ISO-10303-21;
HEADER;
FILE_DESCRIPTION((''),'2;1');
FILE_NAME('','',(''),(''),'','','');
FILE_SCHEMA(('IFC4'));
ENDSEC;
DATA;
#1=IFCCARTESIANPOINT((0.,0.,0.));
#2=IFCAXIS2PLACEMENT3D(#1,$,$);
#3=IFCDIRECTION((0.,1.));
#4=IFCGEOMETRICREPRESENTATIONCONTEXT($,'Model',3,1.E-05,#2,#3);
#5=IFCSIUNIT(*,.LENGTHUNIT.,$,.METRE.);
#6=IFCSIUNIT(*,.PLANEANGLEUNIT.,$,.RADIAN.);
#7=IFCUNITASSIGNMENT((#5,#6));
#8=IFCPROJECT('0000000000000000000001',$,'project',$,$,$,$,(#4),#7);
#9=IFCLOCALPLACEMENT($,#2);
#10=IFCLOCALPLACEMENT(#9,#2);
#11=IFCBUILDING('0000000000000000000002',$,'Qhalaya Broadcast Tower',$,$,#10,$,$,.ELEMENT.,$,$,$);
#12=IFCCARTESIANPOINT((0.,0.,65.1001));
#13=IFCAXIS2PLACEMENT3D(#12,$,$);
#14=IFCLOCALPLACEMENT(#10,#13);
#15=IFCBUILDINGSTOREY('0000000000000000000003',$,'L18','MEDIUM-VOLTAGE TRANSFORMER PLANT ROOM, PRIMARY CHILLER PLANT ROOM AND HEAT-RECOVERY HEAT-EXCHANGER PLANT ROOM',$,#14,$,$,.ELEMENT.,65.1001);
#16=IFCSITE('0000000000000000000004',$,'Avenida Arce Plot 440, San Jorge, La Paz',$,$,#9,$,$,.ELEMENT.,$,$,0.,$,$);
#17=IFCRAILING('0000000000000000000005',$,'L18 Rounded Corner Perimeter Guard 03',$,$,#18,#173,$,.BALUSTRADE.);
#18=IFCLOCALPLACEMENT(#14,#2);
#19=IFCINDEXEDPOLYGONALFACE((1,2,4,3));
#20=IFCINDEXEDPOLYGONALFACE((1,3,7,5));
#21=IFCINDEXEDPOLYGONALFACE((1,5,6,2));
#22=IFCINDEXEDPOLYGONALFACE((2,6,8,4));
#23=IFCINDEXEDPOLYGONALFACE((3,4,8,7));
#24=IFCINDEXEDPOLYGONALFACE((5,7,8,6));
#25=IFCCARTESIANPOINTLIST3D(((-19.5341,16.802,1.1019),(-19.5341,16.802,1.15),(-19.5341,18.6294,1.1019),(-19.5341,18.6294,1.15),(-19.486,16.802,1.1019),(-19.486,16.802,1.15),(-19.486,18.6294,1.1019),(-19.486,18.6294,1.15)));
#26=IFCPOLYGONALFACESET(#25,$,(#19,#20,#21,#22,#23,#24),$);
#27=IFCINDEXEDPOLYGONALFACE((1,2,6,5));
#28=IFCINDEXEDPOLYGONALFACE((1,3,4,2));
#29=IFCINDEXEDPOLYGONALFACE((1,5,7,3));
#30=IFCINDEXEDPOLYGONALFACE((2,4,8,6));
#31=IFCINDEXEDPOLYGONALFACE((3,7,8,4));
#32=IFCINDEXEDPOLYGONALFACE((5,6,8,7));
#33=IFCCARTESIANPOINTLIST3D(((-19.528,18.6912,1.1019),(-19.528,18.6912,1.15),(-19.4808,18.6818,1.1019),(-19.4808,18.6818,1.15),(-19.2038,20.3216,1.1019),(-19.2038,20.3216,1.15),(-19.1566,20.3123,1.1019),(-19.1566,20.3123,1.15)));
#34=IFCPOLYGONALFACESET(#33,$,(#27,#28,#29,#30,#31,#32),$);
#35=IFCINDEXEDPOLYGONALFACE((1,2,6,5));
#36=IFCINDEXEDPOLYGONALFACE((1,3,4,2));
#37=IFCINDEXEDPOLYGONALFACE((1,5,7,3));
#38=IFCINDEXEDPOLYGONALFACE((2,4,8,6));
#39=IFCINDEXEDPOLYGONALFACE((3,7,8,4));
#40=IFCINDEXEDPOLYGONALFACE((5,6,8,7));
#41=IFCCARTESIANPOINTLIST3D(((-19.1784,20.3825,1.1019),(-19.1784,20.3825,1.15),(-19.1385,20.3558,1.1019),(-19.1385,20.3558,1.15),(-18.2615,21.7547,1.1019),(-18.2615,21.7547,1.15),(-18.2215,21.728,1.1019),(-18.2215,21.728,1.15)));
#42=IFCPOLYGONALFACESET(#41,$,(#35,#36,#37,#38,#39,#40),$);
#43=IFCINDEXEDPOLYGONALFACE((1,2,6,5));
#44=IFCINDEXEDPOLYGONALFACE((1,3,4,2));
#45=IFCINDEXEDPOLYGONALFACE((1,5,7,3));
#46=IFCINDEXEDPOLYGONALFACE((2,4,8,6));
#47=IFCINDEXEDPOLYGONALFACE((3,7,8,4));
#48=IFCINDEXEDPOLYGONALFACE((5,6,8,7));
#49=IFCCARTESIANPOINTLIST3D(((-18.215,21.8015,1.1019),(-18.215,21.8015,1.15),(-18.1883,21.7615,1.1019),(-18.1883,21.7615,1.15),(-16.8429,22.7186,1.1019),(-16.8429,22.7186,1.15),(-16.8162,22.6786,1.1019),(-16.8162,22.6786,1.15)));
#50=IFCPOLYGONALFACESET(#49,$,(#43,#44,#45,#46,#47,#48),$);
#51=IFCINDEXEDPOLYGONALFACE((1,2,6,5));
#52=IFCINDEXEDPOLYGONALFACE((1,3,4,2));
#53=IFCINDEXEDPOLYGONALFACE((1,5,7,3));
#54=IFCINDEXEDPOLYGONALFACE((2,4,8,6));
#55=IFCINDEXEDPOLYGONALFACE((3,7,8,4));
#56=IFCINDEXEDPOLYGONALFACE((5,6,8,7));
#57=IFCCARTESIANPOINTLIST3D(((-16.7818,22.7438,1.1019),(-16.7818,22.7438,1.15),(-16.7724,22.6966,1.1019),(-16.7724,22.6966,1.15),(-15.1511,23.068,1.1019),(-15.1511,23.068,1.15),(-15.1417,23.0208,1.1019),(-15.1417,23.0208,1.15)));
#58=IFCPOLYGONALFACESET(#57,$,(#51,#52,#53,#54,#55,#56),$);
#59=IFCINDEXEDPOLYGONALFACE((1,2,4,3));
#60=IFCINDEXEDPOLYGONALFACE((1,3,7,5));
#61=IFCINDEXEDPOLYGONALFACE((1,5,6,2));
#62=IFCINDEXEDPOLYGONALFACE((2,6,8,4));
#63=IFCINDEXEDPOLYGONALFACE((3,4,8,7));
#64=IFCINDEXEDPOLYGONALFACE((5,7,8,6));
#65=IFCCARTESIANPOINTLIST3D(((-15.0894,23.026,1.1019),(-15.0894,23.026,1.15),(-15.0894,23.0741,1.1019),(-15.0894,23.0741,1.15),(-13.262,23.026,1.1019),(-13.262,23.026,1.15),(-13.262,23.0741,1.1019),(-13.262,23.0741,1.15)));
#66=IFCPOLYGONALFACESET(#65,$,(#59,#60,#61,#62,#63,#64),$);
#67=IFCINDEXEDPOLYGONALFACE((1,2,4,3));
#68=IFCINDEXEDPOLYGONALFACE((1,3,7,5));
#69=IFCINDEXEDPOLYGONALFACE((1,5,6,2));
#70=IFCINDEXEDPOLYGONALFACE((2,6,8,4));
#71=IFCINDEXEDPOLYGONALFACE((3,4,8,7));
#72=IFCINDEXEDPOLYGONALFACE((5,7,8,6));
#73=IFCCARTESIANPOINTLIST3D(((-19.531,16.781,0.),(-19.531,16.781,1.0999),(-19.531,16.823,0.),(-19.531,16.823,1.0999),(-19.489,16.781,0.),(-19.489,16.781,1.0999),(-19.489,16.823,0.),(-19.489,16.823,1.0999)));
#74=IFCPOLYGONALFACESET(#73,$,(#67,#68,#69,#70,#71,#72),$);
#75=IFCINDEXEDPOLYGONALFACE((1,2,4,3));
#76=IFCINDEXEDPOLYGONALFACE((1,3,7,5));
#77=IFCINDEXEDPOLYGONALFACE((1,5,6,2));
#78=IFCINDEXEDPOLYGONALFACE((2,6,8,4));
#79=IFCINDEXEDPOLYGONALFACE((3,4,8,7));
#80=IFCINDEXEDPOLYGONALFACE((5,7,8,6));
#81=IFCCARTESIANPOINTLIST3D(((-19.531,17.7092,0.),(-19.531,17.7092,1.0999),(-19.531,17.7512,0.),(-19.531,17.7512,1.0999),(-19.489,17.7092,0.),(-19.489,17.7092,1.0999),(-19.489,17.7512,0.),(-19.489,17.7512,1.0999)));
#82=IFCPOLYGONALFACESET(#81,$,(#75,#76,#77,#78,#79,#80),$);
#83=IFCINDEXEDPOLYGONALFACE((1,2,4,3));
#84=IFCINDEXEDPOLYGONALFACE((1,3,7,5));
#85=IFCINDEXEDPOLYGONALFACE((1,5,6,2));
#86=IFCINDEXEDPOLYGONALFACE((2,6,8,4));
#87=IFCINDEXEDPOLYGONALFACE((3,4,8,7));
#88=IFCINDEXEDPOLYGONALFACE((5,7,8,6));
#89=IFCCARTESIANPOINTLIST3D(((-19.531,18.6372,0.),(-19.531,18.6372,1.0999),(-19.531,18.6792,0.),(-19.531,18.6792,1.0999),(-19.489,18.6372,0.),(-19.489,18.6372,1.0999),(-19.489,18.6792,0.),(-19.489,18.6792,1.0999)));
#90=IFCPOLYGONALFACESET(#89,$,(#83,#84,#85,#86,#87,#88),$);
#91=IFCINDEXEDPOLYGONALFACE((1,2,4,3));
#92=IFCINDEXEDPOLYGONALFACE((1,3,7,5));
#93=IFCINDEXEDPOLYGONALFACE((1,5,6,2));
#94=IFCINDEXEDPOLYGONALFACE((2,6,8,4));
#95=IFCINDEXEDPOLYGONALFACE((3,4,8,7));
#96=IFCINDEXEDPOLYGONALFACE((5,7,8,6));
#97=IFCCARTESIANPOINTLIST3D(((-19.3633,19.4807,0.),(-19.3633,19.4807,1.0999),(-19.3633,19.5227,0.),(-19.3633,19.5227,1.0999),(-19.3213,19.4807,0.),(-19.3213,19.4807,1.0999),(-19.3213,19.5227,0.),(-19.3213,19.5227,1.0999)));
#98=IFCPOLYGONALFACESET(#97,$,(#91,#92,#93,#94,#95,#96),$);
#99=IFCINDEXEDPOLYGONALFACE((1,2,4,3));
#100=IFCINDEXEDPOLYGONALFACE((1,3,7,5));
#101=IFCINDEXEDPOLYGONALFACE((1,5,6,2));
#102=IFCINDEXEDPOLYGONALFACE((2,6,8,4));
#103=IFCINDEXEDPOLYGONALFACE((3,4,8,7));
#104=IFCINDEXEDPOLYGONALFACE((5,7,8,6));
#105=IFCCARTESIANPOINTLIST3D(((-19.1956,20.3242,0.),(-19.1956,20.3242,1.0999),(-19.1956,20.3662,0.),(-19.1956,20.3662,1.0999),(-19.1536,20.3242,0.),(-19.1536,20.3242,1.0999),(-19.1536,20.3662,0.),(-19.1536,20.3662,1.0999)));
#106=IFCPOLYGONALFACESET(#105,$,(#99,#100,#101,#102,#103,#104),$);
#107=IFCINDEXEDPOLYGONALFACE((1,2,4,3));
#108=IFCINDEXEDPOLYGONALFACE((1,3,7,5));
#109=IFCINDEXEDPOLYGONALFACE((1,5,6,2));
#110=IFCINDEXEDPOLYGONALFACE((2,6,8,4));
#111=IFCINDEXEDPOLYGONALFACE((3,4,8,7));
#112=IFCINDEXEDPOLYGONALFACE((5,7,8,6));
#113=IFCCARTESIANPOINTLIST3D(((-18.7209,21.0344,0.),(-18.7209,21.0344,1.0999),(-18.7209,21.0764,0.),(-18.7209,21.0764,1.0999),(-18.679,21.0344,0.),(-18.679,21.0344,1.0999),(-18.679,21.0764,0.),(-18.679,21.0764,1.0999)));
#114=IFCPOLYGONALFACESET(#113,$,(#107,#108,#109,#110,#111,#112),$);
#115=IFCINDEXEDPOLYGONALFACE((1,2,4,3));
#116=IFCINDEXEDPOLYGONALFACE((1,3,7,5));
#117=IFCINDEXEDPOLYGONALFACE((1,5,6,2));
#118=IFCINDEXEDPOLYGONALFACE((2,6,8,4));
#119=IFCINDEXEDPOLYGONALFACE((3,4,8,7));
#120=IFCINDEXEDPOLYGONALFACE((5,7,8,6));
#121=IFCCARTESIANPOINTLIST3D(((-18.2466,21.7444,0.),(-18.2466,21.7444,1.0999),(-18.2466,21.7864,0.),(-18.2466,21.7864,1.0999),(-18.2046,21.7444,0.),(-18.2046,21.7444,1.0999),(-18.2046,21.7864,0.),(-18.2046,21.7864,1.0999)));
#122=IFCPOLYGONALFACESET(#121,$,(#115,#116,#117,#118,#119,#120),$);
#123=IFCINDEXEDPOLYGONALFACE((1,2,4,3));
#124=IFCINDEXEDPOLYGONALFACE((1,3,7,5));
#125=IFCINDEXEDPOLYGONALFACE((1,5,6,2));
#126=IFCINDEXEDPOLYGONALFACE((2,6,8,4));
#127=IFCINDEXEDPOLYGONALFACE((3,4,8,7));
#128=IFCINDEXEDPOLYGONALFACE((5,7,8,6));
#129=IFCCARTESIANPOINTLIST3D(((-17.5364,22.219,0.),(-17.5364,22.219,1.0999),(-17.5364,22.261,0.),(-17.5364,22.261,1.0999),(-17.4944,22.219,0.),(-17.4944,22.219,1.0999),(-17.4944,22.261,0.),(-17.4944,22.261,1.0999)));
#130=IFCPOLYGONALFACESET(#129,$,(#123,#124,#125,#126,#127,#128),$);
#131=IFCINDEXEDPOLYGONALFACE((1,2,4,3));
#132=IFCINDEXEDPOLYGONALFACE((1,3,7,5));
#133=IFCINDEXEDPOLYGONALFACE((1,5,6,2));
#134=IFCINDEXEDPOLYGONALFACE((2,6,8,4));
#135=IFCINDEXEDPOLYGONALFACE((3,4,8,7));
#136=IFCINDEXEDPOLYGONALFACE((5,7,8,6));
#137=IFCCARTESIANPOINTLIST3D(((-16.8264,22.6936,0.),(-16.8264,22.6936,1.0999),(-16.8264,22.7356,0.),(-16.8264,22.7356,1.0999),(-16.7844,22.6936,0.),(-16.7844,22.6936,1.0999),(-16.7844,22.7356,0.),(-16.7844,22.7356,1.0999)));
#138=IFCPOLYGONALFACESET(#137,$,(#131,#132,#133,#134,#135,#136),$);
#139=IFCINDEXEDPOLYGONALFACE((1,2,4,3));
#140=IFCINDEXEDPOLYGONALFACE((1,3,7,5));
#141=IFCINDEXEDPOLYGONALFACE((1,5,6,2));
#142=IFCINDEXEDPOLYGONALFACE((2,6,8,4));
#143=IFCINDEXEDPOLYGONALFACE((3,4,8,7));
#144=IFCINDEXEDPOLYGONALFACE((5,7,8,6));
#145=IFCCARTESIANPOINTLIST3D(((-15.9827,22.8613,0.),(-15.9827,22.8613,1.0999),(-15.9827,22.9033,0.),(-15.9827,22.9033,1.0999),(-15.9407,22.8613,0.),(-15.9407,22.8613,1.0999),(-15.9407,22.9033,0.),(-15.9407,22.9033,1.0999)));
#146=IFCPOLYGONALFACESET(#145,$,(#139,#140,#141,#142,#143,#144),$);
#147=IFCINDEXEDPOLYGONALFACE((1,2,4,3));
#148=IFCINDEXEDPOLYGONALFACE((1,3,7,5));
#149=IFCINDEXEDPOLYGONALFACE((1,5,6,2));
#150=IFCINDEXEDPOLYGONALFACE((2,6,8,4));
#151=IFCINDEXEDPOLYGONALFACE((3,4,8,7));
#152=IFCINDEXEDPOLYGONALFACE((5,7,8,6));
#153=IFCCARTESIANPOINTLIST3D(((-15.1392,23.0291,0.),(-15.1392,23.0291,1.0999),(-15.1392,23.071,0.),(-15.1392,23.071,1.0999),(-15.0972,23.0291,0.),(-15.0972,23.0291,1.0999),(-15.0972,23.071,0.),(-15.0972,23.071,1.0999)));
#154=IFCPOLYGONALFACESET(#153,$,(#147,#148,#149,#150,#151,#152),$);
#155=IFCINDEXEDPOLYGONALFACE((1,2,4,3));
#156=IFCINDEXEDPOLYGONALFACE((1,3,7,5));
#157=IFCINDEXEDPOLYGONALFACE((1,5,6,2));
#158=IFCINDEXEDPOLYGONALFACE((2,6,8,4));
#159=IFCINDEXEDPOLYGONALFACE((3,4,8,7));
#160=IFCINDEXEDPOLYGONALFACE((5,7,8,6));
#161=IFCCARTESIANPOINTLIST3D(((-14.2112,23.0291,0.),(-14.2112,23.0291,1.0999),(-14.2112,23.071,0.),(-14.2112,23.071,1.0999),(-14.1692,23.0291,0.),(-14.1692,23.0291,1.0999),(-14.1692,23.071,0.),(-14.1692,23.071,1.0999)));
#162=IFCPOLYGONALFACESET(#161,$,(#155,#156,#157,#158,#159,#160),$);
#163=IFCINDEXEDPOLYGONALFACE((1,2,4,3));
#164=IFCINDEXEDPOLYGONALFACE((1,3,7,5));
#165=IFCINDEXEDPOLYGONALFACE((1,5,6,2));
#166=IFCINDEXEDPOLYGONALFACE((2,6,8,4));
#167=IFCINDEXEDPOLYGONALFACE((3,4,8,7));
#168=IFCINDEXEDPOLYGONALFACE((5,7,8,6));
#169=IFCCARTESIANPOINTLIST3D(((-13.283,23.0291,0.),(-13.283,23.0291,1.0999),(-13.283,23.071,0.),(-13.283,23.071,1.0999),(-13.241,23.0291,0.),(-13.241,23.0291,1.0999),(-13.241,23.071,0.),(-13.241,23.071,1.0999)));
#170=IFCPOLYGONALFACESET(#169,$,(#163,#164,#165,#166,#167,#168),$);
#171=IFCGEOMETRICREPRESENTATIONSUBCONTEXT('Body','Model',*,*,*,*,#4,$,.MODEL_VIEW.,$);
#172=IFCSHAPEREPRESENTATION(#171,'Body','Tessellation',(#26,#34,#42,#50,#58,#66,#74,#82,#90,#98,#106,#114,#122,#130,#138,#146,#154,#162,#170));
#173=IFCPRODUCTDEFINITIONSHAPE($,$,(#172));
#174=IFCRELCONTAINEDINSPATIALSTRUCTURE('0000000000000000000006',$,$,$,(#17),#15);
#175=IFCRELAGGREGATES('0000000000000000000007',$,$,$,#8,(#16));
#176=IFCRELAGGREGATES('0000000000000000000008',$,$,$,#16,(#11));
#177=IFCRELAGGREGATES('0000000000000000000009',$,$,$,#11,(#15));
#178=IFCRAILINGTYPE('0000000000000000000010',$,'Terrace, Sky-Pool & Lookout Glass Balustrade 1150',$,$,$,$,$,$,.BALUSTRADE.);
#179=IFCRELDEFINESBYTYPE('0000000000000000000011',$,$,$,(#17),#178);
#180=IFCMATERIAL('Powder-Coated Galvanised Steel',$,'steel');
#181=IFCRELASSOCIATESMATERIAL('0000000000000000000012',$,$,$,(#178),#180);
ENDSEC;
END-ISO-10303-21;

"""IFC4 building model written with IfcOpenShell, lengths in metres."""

from ifc_helpers import new_model, si_unit, direction, frame, origin, origin_2d, place, context, subcontext, project, spatial, rectangle, extrude, material, type_object, element, save


model = new_model("IFC4")

# Units and contexts
model_context = context("Model", 3, precision=1e-05, world=origin(), true_north=direction((0.0, 1.0)))
body_context = subcontext(model_context, "Body", "Model", "MODEL_VIEW")
ifc_project = project(units=[si_unit("LENGTHUNIT", "METRE"), si_unit("PLANEANGLEUNIT", "RADIAN")], contexts=[model_context])

# Site, building, storey
site_placement = place(None, origin())
site = spatial("IfcSite", under=ifc_project, at=site_placement, Name="Avenida Arce Plot 440, San Jorge, La Paz", CompositionType="ELEMENT", RefElevation=0.0)
building_placement = place(site_placement, origin())
building = spatial("IfcBuilding", under=site, at=building_placement, Name="Qhalaya Broadcast Tower", CompositionType="ELEMENT")
storey_placement = place(building_placement, frame((0.0, 0.0, 65.1001)))
storey = spatial("IfcBuildingStorey", under=building, at=storey_placement, Name="L18", Description="MEDIUM-VOLTAGE TRANSFORMER PLANT ROOM, PRIMARY CHILLER PLANT ROOM AND HEAT-RECOVERY HEAT-EXCHANGER PLANT ROOM", CompositionType="ELEMENT", Elevation=65.1001)

# Railing
ifc_material_1 = material(Name="Powder-Coated Galvanised Steel", Category="steel")
railing_type = type_object("IfcRailingType", Name="Terrace, Sky-Pool & Lookout Glass Balustrade 1150", PredefinedType="BALUSTRADE", material=ifc_material_1)
railing_placement = place(storey_placement, frame((-19.51, 16.802, 0.0)))
element("IfcRailing", 1, at=railing_placement, inside=storey, type_object=railing_type, Name="L18 Rounded Corner Perimeter Guard 03", PredefinedType="BALUSTRADE", context=body_context, shape_type="SweptSolid", body=[
    extrude(rectangle(XDim=0.0481, YDim=0.0481, at=origin_2d()), frame((0.0, 0.0, 1.126), z_axis=(0.0, 1.0, 0.0), x_axis=(-1.0, 0.0, 0.0)), (0.0, 0.0, 1.0), 1.8274),
    extrude(rectangle(XDim=0.0481, YDim=0.0481, at=origin_2d()), frame((0.0056, 1.8845, 1.126), z_axis=(0.195024, 0.980798, 0.0), x_axis=(-0.980798, 0.195024, 0.0)), (0.0, 0.0, 1.0), 1.6624),
    extrude(rectangle(XDim=0.0481, YDim=0.0481, at=origin_2d()), frame((0.3516, 3.5671, 1.126), z_axis=(0.55559, 0.831456, 0.0), x_axis=(-0.831456, 0.55559, 0.0)), (0.0, 0.0, 1.0), 1.6504),
    extrude(rectangle(XDim=0.0481, YDim=0.0481, at=origin_2d()), frame((1.3083, 4.9795, 1.126), z_axis=(0.83139, 0.555689, 0.0), x_axis=(-0.555689, 0.83139, 0.0)), (0.0, 0.0, 1.0), 1.6504),
    extrude(rectangle(XDim=0.0481, YDim=0.0481, at=origin_2d()), frame((2.7329, 5.9182, 1.126), z_axis=(0.980804, 0.194997, 0.0), x_axis=(-0.194997, 0.980804, 0.0)), (0.0, 0.0, 1.0), 1.6626),
    extrude(rectangle(XDim=0.0481, YDim=0.0481, at=origin_2d()), frame((4.4207, 6.248, 1.126), z_axis=(1.0, 0.0, 0.0), x_axis=(0.0, 1.0, 0.0)), (0.0, 0.0, 1.0), 1.8274),
    extrude(rectangle(XDim=0.042, YDim=0.042, at=origin_2d()), origin(), (0.0, 0.0, 1.0), 1.0999),
    extrude(rectangle(XDim=0.042, YDim=0.042, at=origin_2d()), frame((0.0, 0.9282, 0.0)), (0.0, 0.0, 1.0), 1.0999),
    extrude(rectangle(XDim=0.042, YDim=0.042, at=origin_2d()), frame((0.0, 1.8562, 0.0)), (0.0, 0.0, 1.0), 1.0999),
    extrude(rectangle(XDim=0.042, YDim=0.042, at=origin_2d()), frame((0.1677, 2.6997, 0.0)), (0.0, 0.0, 1.0), 1.0999),
    extrude(rectangle(XDim=0.042, YDim=0.042, at=origin_2d()), frame((0.3354, 3.5432, 0.0)), (0.0, 0.0, 1.0), 1.0999),
    extrude(rectangle(XDim=0.042, YDim=0.042, at=origin_2d()), frame((0.8101, 4.2534, 0.0)), (0.0, 0.0, 1.0), 1.0999),
    extrude(rectangle(XDim=0.042, YDim=0.042, at=origin_2d()), frame((1.2844, 4.9634, 0.0)), (0.0, 0.0, 1.0), 1.0999),
    extrude(rectangle(XDim=0.042, YDim=0.042, at=origin_2d()), frame((1.9946, 5.438, 0.0)), (0.0, 0.0, 1.0), 1.0999),
    extrude(rectangle(XDim=0.042, YDim=0.042, at=origin_2d()), frame((2.7046, 5.9126, 0.0)), (0.0, 0.0, 1.0), 1.0999),
    extrude(rectangle(XDim=0.042, YDim=0.042, at=origin_2d()), frame((3.5483, 6.0803, 0.0)), (0.0, 0.0, 1.0), 1.0999),
    extrude(rectangle(XDim=0.042, YDim=0.042, at=origin_2d()), frame((4.3918, 6.248, 0.0)), (0.0, 0.0, 1.0), 1.0999),
    extrude(rectangle(XDim=0.042, YDim=0.042, at=origin_2d()), frame((5.3198, 6.248, 0.0)), (0.0, 0.0, 1.0), 1.0999),
    extrude(rectangle(XDim=0.042, YDim=0.042, at=origin_2d()), frame((6.248, 6.248, 0.0)), (0.0, 0.0, 1.0), 1.0999),
])

save(model, "model.ifc")
